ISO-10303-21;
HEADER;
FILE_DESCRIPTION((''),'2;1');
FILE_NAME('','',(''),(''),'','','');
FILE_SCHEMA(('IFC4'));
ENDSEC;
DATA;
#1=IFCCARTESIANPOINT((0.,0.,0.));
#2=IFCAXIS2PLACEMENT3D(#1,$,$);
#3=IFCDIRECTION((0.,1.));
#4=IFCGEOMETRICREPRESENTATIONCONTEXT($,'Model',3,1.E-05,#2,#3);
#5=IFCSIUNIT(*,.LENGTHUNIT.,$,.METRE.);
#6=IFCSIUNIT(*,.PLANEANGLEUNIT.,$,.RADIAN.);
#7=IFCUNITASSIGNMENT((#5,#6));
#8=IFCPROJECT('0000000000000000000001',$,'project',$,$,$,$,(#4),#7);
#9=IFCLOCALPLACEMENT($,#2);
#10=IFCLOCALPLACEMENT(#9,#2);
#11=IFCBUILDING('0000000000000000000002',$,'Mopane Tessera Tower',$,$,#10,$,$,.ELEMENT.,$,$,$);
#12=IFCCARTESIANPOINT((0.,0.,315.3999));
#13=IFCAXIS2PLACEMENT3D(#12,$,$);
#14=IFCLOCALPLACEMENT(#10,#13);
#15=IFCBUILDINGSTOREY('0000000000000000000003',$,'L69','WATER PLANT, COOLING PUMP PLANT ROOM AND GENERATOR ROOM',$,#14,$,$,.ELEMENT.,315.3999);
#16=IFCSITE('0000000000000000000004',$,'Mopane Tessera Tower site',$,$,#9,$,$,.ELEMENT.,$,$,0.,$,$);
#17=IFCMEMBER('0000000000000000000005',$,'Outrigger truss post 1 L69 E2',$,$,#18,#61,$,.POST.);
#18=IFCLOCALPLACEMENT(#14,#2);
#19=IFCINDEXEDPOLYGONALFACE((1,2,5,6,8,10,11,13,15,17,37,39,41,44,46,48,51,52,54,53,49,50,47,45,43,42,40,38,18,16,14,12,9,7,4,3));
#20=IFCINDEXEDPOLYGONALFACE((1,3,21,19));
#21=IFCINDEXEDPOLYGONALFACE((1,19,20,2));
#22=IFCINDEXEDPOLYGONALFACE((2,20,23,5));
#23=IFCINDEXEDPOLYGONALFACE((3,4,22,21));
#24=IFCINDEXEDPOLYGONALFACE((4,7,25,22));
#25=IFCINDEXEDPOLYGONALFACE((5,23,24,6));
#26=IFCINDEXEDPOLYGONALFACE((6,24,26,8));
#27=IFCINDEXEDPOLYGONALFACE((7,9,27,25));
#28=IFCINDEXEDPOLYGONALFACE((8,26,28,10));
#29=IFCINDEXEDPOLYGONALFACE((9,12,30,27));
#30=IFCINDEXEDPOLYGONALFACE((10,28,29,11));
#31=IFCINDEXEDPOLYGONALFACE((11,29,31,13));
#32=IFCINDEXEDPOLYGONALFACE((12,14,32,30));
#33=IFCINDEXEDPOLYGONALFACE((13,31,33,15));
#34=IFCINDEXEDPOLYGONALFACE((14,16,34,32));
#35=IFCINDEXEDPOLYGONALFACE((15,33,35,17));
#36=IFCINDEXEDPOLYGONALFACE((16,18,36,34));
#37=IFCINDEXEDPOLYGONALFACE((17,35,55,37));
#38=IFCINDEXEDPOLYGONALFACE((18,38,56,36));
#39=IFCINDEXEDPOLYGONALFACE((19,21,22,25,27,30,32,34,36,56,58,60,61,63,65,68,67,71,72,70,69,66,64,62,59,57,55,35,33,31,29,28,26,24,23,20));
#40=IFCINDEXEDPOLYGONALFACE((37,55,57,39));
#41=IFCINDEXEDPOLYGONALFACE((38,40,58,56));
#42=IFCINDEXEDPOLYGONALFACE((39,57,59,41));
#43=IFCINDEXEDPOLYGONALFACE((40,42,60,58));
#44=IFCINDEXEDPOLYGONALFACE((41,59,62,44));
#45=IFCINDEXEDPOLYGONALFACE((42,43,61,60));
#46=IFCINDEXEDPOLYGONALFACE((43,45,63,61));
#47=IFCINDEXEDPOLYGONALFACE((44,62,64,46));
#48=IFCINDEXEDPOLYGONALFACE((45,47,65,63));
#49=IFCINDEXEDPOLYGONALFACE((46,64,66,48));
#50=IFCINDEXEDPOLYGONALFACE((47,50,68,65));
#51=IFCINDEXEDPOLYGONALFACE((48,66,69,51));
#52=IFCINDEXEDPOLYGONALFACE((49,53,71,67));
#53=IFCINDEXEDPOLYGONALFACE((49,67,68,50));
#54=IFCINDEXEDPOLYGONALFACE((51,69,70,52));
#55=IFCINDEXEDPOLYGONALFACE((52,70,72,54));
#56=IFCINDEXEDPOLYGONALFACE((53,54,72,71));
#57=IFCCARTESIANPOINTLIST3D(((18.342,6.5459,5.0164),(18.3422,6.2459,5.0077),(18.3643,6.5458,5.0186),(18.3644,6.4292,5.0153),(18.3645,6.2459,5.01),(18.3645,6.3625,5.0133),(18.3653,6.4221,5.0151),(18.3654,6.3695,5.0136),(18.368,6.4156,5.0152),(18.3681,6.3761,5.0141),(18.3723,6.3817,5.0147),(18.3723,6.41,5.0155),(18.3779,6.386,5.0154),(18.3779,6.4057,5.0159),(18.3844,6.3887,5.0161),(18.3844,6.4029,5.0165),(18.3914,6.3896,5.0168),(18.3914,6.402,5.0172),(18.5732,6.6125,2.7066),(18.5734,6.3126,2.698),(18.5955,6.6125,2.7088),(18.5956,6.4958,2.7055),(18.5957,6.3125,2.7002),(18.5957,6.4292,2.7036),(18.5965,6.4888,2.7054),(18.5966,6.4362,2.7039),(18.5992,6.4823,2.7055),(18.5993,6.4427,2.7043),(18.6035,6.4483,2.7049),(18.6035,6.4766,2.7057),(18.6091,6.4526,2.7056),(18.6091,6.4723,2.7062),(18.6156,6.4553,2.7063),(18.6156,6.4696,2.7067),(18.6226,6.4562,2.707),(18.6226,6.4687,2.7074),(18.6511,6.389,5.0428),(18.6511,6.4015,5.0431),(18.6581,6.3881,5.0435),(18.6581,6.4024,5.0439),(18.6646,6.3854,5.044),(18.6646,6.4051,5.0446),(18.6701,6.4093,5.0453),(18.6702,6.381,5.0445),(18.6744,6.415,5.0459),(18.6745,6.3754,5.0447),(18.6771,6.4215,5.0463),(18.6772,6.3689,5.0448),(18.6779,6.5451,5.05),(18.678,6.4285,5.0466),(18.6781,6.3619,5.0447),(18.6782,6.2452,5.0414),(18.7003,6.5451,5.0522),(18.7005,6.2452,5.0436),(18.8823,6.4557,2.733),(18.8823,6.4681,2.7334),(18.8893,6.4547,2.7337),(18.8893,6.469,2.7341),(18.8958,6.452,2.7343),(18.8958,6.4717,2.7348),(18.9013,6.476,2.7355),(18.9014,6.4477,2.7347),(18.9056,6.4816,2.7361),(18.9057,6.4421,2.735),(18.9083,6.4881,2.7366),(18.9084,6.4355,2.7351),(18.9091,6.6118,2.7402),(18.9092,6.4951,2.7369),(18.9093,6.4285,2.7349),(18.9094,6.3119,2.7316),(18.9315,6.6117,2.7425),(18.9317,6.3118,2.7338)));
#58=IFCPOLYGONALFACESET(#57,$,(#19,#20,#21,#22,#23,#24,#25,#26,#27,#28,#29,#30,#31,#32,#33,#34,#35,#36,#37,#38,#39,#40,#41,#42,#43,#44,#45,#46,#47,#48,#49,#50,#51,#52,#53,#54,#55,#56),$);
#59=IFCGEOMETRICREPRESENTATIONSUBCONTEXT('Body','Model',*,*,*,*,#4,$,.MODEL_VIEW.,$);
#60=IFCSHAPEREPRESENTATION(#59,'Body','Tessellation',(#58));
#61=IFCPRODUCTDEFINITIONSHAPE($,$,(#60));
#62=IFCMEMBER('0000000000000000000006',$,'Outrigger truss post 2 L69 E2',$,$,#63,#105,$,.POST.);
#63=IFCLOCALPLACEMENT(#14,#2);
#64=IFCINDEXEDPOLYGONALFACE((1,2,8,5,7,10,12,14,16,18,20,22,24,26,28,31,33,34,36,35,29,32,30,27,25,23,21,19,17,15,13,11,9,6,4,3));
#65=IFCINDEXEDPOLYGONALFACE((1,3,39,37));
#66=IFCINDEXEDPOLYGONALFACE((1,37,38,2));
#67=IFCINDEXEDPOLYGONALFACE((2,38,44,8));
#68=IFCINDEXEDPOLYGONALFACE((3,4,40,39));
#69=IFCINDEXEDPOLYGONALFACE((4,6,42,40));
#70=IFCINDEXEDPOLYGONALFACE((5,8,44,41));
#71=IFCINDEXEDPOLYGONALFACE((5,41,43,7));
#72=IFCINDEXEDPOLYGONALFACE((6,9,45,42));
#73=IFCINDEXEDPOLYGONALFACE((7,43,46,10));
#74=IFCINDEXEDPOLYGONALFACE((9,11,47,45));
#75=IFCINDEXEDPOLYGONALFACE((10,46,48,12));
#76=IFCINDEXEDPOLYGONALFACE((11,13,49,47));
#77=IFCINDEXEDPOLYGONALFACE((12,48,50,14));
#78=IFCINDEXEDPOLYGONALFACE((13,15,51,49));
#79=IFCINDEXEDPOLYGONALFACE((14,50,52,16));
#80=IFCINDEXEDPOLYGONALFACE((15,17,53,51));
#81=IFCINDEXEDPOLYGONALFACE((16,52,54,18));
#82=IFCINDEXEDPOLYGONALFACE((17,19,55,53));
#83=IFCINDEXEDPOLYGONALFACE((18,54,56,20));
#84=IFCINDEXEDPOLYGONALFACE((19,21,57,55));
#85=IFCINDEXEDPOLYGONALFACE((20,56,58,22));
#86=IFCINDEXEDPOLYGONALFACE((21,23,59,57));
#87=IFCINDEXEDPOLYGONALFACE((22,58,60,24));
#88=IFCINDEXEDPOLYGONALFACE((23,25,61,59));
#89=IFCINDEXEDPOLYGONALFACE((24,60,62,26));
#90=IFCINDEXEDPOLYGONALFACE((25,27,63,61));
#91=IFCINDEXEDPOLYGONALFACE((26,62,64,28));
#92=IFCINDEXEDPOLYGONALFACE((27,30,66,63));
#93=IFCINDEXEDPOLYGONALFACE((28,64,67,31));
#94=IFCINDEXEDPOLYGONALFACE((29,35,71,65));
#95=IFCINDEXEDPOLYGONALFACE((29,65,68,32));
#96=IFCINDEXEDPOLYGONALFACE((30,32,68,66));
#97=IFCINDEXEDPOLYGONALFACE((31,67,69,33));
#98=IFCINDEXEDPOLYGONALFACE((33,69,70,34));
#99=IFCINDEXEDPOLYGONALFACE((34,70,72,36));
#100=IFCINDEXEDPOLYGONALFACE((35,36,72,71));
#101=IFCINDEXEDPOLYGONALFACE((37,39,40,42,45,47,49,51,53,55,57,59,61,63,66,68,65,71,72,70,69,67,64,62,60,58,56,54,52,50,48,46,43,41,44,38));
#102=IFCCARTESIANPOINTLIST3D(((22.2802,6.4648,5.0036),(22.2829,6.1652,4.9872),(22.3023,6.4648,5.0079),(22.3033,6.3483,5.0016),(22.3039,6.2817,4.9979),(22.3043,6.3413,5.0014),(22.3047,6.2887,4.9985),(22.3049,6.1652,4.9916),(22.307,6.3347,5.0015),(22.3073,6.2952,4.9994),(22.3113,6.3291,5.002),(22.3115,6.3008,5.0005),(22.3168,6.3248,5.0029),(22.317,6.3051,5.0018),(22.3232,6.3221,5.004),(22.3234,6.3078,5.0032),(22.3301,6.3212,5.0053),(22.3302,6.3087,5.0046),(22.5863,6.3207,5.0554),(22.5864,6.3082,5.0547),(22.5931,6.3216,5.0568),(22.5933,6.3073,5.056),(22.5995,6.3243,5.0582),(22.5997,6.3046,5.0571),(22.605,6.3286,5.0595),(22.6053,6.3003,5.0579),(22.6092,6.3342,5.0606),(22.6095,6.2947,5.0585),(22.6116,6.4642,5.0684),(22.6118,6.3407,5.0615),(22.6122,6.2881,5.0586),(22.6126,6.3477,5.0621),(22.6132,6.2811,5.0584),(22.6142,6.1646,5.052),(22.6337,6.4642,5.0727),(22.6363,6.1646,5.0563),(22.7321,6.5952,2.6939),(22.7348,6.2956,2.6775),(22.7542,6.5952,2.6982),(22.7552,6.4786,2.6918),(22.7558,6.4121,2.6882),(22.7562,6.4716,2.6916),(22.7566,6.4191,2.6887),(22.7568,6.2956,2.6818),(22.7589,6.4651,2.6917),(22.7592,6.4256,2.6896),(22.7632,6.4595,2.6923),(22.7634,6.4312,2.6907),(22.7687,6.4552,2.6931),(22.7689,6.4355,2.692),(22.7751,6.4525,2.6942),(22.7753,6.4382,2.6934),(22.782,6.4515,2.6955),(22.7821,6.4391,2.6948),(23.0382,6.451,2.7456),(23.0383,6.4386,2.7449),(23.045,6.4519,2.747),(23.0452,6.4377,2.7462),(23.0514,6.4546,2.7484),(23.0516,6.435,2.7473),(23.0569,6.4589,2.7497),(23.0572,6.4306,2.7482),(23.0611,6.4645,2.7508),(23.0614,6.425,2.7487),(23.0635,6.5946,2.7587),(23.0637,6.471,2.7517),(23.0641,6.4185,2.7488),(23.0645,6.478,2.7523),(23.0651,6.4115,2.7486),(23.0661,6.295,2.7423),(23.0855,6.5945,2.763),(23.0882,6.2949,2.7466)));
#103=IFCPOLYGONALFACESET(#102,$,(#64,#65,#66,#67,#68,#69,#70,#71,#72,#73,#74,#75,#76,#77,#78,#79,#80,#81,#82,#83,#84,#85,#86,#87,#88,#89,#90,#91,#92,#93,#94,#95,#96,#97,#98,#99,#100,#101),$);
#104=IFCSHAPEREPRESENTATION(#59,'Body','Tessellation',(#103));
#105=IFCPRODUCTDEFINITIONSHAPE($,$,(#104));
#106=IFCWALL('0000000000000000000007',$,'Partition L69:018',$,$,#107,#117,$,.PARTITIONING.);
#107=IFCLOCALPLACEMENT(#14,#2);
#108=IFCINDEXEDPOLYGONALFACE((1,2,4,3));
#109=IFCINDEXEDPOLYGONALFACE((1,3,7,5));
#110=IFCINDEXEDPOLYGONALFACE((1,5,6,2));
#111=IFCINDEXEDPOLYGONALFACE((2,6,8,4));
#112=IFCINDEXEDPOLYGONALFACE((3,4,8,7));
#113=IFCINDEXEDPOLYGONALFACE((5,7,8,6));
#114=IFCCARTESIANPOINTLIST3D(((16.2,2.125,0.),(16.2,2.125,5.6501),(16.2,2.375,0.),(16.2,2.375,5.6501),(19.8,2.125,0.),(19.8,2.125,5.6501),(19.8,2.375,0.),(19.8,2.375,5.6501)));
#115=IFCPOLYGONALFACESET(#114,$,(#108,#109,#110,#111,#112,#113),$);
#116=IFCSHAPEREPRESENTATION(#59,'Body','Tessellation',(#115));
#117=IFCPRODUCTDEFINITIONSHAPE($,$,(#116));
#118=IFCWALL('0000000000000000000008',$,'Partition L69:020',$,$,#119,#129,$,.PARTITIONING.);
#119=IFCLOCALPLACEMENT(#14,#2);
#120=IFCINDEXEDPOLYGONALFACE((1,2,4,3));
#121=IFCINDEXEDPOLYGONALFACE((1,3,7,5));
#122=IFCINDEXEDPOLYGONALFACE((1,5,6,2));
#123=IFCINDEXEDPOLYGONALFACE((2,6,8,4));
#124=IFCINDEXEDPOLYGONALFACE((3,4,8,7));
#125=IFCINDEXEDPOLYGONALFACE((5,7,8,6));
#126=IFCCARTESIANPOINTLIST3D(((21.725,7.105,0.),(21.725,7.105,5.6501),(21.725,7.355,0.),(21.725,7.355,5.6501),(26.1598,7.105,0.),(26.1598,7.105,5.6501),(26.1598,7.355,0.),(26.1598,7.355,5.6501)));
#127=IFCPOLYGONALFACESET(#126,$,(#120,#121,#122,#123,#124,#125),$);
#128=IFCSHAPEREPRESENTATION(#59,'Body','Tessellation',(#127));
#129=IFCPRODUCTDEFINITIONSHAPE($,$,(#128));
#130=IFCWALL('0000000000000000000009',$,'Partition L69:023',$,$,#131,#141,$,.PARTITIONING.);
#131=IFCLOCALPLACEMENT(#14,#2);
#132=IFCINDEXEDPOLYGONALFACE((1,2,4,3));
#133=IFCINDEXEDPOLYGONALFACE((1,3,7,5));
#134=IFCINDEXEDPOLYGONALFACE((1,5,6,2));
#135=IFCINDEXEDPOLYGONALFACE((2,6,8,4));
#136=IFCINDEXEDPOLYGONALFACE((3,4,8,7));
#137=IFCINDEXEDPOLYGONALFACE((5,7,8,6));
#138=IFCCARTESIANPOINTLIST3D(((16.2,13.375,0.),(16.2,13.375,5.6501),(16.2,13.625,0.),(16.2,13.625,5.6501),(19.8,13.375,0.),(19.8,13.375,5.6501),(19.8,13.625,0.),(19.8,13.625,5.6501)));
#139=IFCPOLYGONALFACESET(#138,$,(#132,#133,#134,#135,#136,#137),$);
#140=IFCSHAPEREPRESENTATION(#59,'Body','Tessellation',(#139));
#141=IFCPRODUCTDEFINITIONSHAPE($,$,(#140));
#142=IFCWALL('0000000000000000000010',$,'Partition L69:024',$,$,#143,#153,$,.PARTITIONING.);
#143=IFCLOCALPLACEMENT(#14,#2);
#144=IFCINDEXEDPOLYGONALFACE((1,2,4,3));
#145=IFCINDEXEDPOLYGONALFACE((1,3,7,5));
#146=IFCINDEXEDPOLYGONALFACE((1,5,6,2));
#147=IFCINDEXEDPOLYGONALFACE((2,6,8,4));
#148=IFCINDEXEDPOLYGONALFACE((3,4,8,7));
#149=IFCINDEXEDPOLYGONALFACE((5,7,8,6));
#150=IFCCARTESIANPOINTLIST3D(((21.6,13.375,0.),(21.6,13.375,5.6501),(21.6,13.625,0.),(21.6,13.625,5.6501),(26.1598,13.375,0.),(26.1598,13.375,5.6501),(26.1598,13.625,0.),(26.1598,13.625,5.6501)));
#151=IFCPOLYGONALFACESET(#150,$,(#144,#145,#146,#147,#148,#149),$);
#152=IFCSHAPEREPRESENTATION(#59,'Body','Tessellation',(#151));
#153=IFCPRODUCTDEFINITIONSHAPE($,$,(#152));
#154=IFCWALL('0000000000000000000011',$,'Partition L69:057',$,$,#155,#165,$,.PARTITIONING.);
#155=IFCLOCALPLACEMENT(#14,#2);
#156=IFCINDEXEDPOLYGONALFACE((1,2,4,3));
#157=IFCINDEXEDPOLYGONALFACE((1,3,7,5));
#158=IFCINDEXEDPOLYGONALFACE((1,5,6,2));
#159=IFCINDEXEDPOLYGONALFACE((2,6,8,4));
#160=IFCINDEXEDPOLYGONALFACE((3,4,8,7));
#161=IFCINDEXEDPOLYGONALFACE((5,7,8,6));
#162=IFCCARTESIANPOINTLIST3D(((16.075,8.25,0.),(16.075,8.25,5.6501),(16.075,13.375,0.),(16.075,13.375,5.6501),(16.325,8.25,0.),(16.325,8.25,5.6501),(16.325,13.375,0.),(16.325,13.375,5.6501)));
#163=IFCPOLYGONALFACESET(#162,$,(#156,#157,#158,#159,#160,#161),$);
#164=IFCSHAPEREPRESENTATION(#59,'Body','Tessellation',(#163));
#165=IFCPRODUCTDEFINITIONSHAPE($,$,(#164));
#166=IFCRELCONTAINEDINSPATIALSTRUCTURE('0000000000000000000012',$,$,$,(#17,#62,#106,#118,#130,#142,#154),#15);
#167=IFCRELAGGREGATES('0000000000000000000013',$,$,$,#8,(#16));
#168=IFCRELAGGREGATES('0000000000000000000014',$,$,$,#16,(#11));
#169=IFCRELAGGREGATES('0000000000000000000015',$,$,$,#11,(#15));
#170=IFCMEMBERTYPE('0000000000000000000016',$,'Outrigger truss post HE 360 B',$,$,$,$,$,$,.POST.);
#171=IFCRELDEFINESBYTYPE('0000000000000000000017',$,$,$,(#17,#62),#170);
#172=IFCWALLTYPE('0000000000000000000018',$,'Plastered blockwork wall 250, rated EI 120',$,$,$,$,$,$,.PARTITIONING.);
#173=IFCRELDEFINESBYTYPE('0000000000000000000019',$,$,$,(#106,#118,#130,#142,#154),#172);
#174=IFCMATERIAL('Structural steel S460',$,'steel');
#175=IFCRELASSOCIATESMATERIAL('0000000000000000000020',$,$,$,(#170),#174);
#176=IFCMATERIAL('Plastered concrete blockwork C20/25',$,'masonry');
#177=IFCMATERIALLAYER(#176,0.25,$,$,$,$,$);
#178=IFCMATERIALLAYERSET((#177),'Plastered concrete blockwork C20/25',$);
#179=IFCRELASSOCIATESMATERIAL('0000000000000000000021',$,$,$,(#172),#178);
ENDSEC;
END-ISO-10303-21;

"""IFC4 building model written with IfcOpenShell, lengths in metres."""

from ifc_helpers import new_model, si_unit, direction, frame, frame_2d, origin, origin_2d, place, context, subcontext, project, spatial, rectangle, i_section, extrude, material, layer, layer_set, material_profile, profile_set, type_object, element, save


model = new_model("IFC4")

# Units and contexts
model_context = context("Model", 3, precision=1e-05, world=origin(), true_north=direction((0.0, 1.0)))
body_context = subcontext(model_context, "Body", "Model", "MODEL_VIEW")
ifc_project = project(units=[si_unit("LENGTHUNIT", "METRE"), si_unit("PLANEANGLEUNIT", "RADIAN")], contexts=[model_context])

# Site, building, storey
site_placement = place(None, origin())
site = spatial("IfcSite", under=ifc_project, at=site_placement, Name="Mopane Tessera Tower site", CompositionType="ELEMENT", RefElevation=0.0)
building_placement = place(site_placement, origin())
building = spatial("IfcBuilding", under=site, at=building_placement, Name="Mopane Tessera Tower", CompositionType="ELEMENT")
storey_placement = place(building_placement, frame((0.0, 0.0, 315.3999)))
storey = spatial("IfcBuildingStorey", under=building, at=storey_placement, Name="L69", Description="WATER PLANT, COOLING PUMP PLANT ROOM AND GENERATOR ROOM", CompositionType="ELEMENT", Elevation=315.3999)

# Members
ifc_material_1 = material(Name="Structural steel S460", Category="steel")
ifc_material_profile_1 = material_profile(ifc_material_1, i_section(OverallWidth=0.3, OverallDepth=0.3601, WebThickness=0.0125, FlangeThickness=0.0225, FilletRadius=0.0271, at=origin_2d()))
ifc_profile_set_1 = profile_set([ifc_material_profile_1], Name="Structural steel S460")
member_type_1 = type_object("IfcMemberType", Name="Outrigger truss post HE 360 B", PredefinedType="POST", material=ifc_profile_set_1)
member_1_placement = place(storey_placement, frame((18.7524, 6.4622, 2.7202), z_axis=(-0.099556, -0.0287, 0.994618), x_axis=(-0.00075, 0.999586, 0.028768)))
element("IfcMember", 1, at=member_1_placement, inside=storey, type_object=member_type_1, Name="Outrigger truss post 1 L69 E2", PredefinedType="POST", context=body_context, shape_type="SweptSolid", body=[
    extrude(i_section(OverallWidth=0.3, OverallDepth=0.3601, WebThickness=0.0125, FlangeThickness=0.0225, FilletRadius=0.0271, at=origin_2d()), origin(), (0.0, 0.0, 1.0), 2.3223),
])
member_2_placement = place(storey_placement, frame((22.9102, 6.4451, 2.7202), z_axis=(-0.191711, -0.055307, 0.979892), x_axis=(-0.008757, 0.998468, 0.054642)))
element("IfcMember", 2, at=member_2_placement, inside=storey, type_object=member_type_1, Name="Outrigger truss post 2 L69 E2", PredefinedType="POST", context=body_context, shape_type="SweptSolid", body=[
    extrude(i_section(OverallWidth=0.3, OverallDepth=0.3601, WebThickness=0.0125, FlangeThickness=0.0225, FilletRadius=0.0271, at=origin_2d()), origin(), (0.0, 0.0, 1.0), 2.3572),
])

# Walls
ifc_material_2 = material(Name="Plastered concrete blockwork C20/25", Category="masonry")
ifc_layer_1 = layer(ifc_material_2, 0.25)
ifc_layer_set_1 = layer_set([ifc_layer_1], Name="Plastered concrete blockwork C20/25")
wall_type = type_object("IfcWallType", Name="Plastered blockwork wall 250, rated EI 120", PredefinedType="PARTITIONING", material=ifc_layer_set_1)
wall_1_placement = place(storey_placement, frame((16.2, 2.25, 0.0), z_axis=(0.0, 0.0, 1.0), x_axis=(1.0, 0.0, 0.0)))
element("IfcWall", 3, at=wall_1_placement, inside=storey, type_object=wall_type, Name="Partition L69:018", PredefinedType="PARTITIONING", context=body_context, shape_type="SweptSolid", body=[
    extrude(rectangle(XDim=3.6001, YDim=0.25, at=frame_2d((1.8, 0.0))), origin(), (0.0, 0.0, 1.0), 5.6501),
])
wall_2_placement = place(storey_placement, frame((21.7251, 7.23, 0.0), z_axis=(0.0, 0.0, 1.0), x_axis=(1.0, 0.0, 0.0)))
element("IfcWall", 4, at=wall_2_placement, inside=storey, type_object=wall_type, Name="Partition L69:020", PredefinedType="PARTITIONING", context=body_context, shape_type="SweptSolid", body=[
    extrude(rectangle(XDim=4.4348, YDim=0.25, at=frame_2d((2.2173, 0.0))), origin(), (0.0, 0.0, 1.0), 5.6501),
])
wall_3_placement = place(storey_placement, frame((16.2, 13.5, 0.0), z_axis=(0.0, 0.0, 1.0), x_axis=(1.0, 0.0, 0.0)))
element("IfcWall", 5, at=wall_3_placement, inside=storey, type_object=wall_type, Name="Partition L69:023", PredefinedType="PARTITIONING", context=body_context, shape_type="SweptSolid", body=[
    extrude(rectangle(XDim=3.6001, YDim=0.25, at=frame_2d((1.8, 0.0))), origin(), (0.0, 0.0, 1.0), 5.6501),
])
wall_4_placement = place(storey_placement, frame((21.6001, 13.5, 0.0), z_axis=(0.0, 0.0, 1.0), x_axis=(1.0, 0.0, 0.0)))
element("IfcWall", 6, at=wall_4_placement, inside=storey, type_object=wall_type, Name="Partition L69:024", PredefinedType="PARTITIONING", context=body_context, shape_type="SweptSolid", body=[
    extrude(rectangle(XDim=4.5598, YDim=0.25, at=frame_2d((2.2798, 0.0))), origin(), (0.0, 0.0, 1.0), 5.6501),
])
wall_5_placement = place(storey_placement, frame((16.2, 8.25, 0.0), z_axis=(0.0, 0.0, 1.0), x_axis=(0.0, 1.0, 0.0)))
element("IfcWall", 7, at=wall_5_placement, inside=storey, type_object=wall_type, Name="Partition L69:057", PredefinedType="PARTITIONING", context=body_context, shape_type="SweptSolid", body=[
    extrude(rectangle(XDim=5.125, YDim=0.25, at=frame_2d((2.5625, 0.0))), origin(), (0.0, 0.0, 1.0), 5.6501),
])

save(model, "model.ifc")
